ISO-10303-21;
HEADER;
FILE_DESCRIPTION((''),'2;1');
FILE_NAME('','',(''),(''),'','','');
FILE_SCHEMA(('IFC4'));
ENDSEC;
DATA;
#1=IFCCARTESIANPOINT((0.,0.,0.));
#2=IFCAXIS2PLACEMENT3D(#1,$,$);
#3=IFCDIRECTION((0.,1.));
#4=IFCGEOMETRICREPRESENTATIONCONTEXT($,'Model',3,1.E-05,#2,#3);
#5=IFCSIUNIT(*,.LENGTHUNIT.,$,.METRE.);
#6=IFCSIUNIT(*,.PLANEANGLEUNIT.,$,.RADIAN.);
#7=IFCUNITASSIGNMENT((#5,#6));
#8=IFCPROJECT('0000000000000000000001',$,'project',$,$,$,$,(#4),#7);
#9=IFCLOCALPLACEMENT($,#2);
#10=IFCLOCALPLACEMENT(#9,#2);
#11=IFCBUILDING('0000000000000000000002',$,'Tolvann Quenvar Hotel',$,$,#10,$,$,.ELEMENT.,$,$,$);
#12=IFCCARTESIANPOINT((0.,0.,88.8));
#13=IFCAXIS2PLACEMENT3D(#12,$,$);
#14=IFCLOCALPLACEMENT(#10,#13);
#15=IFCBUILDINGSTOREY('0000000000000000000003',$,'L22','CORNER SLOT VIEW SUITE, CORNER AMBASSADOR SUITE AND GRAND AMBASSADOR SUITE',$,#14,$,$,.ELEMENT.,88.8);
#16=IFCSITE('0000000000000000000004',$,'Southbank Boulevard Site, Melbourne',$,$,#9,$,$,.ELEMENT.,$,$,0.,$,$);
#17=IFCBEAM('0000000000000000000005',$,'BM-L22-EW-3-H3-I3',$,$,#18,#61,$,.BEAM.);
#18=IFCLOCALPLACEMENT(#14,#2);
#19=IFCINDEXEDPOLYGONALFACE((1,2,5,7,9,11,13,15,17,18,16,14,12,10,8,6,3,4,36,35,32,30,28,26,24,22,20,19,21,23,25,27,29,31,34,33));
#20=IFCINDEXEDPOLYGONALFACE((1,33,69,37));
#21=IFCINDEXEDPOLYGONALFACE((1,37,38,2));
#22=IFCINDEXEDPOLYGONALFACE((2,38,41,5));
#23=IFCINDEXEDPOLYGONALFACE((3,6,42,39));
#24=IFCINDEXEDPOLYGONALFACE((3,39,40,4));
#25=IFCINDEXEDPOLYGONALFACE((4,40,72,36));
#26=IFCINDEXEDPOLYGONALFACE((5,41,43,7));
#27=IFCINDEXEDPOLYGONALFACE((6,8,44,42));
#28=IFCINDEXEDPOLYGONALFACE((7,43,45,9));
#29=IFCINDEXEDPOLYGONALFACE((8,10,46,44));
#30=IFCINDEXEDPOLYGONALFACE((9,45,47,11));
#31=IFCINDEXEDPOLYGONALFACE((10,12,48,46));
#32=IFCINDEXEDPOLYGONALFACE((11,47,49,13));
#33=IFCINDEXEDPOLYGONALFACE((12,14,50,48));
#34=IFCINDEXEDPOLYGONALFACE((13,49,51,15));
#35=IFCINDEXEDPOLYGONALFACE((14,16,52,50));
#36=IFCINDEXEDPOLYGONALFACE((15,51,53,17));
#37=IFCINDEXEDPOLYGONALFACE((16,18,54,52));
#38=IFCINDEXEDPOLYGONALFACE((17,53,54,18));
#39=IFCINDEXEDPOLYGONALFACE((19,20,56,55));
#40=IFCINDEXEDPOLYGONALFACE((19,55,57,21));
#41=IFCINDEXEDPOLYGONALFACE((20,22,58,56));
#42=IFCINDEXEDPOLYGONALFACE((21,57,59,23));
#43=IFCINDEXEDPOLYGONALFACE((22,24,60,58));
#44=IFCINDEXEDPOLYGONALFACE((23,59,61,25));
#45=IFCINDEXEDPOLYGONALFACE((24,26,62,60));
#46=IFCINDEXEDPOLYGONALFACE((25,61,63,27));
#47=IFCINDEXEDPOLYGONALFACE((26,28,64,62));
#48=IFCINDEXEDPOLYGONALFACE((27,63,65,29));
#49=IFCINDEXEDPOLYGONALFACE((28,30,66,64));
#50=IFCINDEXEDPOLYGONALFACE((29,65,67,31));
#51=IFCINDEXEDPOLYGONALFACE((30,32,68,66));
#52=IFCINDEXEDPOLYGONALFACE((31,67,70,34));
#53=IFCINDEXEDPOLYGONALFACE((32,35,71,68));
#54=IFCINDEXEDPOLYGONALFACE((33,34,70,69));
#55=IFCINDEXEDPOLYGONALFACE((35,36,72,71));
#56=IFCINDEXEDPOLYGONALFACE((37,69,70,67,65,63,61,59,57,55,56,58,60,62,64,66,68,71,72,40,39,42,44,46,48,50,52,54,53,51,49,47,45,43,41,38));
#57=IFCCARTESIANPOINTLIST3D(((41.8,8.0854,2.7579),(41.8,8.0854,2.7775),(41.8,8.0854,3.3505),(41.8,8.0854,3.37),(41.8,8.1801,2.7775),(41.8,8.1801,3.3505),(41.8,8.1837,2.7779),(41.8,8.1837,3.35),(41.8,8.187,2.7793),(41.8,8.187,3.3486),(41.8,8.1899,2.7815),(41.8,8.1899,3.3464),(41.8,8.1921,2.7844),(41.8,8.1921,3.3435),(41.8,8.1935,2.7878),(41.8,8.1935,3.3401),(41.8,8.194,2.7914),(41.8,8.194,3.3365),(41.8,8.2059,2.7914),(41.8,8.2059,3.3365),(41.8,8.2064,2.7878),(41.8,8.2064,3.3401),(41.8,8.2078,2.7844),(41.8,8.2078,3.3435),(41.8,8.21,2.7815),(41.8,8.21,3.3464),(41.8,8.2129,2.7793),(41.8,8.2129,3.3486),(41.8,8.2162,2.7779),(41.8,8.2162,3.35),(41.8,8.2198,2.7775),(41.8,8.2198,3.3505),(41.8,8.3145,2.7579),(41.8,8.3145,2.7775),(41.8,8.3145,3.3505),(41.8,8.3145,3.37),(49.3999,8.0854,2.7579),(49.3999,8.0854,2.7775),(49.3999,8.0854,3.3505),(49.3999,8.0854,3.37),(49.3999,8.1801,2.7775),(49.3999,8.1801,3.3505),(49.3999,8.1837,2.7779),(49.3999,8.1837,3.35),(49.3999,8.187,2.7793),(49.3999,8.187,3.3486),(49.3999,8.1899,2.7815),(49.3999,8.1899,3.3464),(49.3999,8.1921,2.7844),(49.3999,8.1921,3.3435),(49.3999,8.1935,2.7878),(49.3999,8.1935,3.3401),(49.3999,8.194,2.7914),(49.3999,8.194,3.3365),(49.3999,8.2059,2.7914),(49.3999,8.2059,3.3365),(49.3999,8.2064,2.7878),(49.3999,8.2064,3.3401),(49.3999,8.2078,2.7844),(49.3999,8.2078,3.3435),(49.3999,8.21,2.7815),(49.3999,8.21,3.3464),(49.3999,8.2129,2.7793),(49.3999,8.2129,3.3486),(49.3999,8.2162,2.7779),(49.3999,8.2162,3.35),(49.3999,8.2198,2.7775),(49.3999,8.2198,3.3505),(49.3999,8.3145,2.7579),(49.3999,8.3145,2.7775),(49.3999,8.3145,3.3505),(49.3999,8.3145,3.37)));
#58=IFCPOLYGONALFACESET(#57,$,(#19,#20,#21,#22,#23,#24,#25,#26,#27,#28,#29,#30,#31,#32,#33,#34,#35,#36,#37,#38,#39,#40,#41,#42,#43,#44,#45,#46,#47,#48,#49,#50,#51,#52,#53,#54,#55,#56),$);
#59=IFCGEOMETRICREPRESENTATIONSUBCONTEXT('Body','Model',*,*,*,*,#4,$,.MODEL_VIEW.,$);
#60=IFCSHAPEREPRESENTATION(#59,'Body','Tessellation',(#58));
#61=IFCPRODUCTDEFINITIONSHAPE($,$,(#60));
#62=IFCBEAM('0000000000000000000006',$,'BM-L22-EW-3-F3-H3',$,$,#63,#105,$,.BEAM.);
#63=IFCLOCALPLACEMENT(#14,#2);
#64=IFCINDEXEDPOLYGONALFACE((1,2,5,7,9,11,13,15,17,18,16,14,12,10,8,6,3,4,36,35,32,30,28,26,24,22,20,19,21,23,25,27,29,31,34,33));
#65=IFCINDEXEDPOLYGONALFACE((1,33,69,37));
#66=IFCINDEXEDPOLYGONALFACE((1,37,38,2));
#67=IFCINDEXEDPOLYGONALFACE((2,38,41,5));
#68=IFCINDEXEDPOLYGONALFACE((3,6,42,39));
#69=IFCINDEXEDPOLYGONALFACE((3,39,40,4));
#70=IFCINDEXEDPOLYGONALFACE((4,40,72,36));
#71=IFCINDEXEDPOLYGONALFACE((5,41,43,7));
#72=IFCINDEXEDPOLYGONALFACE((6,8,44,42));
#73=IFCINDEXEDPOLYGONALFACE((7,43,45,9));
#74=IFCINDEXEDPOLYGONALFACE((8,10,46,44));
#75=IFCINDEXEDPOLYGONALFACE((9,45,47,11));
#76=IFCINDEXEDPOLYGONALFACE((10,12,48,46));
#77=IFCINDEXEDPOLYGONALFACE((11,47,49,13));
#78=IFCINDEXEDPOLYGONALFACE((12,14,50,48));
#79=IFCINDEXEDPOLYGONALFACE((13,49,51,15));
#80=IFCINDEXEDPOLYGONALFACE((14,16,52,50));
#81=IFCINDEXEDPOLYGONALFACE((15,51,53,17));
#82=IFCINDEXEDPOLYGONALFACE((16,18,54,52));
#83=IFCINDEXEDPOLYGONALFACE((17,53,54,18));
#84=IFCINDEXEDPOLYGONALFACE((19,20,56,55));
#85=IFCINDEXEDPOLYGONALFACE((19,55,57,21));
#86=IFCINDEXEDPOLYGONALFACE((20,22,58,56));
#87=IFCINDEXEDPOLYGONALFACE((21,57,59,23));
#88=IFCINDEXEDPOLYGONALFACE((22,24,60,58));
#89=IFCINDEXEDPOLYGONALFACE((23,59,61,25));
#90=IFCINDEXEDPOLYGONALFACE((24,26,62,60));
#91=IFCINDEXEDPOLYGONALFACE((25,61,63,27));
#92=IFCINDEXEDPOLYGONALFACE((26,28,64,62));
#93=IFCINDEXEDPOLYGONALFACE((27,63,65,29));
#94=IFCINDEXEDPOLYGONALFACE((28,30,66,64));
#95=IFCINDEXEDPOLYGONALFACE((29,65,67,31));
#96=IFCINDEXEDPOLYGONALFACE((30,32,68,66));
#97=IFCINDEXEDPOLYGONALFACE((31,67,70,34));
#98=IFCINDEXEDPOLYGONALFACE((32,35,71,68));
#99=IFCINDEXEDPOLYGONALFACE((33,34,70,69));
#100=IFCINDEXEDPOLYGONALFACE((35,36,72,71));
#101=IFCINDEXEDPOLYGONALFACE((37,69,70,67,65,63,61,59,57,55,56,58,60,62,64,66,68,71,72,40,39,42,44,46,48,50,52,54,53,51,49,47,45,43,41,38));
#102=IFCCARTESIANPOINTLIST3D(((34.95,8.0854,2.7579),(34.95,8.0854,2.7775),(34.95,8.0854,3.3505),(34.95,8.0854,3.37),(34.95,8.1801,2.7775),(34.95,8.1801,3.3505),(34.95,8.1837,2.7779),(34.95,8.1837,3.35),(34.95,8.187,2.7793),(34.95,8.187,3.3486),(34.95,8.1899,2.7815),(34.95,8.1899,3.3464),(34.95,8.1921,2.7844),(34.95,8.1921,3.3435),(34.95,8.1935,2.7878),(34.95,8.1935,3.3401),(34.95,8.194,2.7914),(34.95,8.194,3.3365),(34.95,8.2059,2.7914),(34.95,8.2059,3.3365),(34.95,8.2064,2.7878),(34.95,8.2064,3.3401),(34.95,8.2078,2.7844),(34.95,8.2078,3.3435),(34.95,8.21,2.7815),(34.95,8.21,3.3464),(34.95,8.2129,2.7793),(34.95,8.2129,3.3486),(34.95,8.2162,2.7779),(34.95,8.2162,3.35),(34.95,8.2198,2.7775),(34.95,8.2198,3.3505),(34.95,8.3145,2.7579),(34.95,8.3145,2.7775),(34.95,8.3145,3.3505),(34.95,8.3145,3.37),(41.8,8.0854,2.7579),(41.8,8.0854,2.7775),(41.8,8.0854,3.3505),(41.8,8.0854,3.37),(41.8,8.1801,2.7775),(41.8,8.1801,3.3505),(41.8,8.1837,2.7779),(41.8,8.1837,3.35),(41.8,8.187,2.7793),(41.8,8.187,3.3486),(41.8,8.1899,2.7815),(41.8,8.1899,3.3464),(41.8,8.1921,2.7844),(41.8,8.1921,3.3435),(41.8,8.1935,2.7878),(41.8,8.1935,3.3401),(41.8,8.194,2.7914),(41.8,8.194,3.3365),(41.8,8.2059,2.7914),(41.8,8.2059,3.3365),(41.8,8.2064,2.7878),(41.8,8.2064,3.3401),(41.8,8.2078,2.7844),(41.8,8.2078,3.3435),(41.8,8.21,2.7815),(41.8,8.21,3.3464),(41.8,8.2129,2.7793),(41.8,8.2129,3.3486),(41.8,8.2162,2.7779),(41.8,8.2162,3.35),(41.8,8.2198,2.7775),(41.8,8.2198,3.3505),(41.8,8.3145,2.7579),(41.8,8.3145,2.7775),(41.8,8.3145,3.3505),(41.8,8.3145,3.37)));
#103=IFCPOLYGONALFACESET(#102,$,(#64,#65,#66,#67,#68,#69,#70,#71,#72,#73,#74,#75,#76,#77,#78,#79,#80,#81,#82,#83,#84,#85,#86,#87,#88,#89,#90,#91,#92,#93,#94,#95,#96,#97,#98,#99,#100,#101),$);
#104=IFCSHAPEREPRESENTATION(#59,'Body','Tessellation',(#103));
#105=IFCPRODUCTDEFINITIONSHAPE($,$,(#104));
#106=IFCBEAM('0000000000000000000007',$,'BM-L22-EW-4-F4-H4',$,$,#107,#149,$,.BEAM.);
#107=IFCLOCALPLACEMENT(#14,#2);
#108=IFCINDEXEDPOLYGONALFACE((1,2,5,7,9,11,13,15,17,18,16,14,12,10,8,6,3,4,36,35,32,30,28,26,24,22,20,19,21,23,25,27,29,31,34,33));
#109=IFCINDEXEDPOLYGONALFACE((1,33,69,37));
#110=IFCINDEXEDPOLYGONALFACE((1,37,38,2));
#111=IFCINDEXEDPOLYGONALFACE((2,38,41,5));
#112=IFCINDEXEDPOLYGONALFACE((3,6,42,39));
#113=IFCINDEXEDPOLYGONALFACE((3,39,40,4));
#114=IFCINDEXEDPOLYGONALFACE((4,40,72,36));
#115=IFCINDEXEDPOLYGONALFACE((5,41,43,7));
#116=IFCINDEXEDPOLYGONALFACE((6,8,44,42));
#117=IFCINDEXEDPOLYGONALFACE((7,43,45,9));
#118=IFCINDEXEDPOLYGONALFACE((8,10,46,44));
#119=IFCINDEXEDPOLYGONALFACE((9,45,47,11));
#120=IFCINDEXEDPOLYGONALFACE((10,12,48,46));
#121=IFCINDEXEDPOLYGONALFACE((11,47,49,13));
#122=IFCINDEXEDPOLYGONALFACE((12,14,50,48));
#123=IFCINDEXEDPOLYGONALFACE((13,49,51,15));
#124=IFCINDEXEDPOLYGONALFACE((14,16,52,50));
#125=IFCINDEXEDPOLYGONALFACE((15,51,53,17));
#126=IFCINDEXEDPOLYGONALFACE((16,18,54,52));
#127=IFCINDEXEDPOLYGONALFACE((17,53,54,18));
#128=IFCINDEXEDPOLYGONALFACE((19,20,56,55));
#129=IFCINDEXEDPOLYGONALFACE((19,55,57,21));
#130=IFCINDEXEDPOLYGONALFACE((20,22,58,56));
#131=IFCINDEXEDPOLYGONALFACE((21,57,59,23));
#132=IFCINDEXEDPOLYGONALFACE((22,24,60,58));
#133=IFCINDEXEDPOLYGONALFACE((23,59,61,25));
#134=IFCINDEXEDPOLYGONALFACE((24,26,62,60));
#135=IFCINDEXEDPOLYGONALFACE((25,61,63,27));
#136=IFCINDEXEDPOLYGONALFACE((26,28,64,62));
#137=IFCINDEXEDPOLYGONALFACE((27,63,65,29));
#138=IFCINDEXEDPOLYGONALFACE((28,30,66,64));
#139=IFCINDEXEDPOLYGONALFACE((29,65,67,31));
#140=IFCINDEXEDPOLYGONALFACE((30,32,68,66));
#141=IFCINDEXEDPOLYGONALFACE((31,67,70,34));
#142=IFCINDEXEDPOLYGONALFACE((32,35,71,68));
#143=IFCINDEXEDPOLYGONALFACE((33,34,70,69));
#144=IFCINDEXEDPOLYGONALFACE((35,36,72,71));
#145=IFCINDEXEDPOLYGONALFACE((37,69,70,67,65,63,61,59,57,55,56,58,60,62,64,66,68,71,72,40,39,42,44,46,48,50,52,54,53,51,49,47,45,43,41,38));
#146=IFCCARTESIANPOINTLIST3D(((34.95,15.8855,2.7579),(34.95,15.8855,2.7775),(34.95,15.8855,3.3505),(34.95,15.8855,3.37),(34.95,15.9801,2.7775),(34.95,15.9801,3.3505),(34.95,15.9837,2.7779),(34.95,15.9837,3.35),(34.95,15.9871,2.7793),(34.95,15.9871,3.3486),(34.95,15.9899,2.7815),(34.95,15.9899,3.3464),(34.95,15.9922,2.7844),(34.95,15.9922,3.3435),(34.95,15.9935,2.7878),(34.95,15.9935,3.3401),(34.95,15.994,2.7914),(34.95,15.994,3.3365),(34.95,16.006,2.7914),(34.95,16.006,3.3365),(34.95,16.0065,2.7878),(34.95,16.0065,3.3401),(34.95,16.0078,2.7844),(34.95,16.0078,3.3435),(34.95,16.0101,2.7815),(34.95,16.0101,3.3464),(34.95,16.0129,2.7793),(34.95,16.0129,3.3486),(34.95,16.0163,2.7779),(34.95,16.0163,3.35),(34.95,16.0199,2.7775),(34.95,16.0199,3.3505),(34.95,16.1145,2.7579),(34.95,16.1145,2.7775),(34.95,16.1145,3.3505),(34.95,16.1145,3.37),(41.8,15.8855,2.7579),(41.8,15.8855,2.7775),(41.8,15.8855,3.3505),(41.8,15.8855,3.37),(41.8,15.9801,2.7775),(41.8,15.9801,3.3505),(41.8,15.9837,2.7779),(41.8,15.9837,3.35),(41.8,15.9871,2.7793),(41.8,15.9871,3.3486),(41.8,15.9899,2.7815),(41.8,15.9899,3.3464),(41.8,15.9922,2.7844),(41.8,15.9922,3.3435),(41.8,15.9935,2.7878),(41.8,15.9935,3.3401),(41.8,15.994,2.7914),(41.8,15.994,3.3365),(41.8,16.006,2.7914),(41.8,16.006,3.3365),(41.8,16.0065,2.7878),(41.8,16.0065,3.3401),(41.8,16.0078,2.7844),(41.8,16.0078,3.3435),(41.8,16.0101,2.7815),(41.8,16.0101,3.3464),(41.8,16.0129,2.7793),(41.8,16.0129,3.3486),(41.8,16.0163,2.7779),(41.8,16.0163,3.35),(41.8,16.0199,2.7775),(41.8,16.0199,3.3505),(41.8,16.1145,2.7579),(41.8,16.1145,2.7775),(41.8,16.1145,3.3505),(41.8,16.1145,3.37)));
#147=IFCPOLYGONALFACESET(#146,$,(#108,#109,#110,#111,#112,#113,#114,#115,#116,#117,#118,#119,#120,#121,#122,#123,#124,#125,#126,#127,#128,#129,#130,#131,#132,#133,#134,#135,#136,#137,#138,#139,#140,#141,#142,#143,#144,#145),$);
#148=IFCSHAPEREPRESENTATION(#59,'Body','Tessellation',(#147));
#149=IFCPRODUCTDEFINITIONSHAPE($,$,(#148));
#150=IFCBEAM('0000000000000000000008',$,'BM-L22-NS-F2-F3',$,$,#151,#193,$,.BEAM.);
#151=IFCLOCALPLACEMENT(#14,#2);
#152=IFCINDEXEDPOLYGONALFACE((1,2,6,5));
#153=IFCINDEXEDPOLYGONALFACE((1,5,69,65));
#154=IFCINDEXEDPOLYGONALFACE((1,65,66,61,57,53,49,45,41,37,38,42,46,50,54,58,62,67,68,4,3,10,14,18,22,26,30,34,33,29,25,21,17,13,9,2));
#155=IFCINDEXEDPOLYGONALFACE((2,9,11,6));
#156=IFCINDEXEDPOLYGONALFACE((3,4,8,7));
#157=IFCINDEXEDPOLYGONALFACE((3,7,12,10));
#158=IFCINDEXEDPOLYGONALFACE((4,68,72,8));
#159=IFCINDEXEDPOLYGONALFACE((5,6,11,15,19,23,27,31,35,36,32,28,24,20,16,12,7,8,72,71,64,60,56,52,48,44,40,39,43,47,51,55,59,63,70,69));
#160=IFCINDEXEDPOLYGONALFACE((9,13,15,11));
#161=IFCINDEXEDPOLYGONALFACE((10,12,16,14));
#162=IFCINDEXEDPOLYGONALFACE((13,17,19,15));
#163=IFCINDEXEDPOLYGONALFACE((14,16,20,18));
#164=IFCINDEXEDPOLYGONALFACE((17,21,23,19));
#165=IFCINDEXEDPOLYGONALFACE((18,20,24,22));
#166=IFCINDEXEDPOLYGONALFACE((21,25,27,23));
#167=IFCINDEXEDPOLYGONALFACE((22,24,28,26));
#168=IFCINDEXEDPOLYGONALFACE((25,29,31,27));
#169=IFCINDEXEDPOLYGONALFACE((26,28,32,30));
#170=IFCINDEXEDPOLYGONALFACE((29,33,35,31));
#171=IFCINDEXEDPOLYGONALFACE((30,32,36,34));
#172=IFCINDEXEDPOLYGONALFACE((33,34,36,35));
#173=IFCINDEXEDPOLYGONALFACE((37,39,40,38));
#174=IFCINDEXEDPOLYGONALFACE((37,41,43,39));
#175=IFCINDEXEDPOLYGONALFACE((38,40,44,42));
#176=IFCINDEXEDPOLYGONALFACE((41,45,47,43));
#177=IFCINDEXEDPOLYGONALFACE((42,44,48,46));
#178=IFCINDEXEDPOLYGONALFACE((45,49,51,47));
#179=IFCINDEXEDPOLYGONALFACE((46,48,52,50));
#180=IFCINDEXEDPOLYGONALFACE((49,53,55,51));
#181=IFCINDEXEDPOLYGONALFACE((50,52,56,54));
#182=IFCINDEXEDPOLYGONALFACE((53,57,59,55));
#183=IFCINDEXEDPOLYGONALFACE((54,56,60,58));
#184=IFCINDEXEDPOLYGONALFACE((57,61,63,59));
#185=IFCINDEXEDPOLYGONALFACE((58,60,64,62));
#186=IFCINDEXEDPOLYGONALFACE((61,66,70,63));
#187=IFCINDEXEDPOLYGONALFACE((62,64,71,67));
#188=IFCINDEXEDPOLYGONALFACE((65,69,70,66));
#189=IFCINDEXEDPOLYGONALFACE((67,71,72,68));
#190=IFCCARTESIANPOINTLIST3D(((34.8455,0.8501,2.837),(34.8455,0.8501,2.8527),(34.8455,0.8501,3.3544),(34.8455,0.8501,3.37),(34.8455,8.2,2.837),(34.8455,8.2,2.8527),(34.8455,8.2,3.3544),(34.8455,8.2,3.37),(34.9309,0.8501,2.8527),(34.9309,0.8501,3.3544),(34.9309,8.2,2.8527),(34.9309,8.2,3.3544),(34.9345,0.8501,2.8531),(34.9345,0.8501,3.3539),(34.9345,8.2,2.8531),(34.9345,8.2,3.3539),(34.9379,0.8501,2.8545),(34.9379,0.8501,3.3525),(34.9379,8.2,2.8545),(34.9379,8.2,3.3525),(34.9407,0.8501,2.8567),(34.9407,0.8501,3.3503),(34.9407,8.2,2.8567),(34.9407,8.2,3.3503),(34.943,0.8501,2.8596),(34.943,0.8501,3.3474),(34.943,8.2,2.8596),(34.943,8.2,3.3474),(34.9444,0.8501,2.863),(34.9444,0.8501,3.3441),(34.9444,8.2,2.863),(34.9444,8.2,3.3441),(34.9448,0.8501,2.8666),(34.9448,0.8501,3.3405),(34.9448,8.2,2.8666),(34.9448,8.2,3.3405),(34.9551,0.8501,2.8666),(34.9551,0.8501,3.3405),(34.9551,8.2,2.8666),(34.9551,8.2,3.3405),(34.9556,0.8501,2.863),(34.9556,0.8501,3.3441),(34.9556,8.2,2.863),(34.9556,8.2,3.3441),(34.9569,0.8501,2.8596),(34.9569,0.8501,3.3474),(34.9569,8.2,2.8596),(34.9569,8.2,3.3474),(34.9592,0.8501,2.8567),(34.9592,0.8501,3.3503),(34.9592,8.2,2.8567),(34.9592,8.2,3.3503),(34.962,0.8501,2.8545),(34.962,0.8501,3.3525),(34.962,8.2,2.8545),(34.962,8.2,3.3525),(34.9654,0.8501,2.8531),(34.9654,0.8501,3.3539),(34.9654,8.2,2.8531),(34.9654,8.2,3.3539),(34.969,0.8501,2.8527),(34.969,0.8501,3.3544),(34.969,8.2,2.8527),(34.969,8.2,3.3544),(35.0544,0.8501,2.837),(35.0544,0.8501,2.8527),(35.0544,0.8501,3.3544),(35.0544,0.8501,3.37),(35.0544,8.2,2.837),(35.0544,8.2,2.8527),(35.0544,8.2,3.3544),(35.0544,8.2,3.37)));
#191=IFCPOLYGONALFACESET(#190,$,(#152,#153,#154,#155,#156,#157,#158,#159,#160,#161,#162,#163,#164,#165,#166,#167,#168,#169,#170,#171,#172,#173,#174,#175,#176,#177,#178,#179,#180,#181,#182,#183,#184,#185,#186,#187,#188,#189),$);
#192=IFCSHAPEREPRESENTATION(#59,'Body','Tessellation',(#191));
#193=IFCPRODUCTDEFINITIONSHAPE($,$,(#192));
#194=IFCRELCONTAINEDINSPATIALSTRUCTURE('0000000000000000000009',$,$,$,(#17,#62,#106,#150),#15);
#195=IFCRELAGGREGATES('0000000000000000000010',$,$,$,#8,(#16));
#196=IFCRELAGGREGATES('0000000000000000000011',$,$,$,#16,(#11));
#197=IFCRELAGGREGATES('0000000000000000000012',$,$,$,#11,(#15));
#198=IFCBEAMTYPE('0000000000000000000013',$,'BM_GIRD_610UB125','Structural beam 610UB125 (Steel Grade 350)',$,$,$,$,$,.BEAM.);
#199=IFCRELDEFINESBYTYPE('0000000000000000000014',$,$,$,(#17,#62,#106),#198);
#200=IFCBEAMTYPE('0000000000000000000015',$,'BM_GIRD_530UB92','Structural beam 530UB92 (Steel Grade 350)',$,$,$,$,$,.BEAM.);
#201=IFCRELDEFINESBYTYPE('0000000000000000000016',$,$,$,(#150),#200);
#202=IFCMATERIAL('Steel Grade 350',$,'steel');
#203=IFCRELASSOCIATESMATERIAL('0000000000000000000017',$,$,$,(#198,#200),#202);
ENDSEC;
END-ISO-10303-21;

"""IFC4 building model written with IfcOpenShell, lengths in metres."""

from ifc_helpers import new_model, si_unit, direction, frame, origin, origin_2d, place, context, subcontext, project, spatial, i_section, extrude, source, transform, mapped, material, material_profile, profile_set, type_object, type_shapes, element, save


model = new_model("IFC4")

# Units and contexts
model_context = context("Model", 3, precision=1e-05, world=origin(), true_north=direction((0.0, 1.0)))
body_context = subcontext(model_context, "Body", "Model", "MODEL_VIEW")
ifc_project = project(units=[si_unit("LENGTHUNIT", "METRE"), si_unit("PLANEANGLEUNIT", "RADIAN")], contexts=[model_context])

# Site, building, storey
site_placement = place(None, origin())
site = spatial("IfcSite", under=ifc_project, at=site_placement, Name="Southbank Boulevard Site, Melbourne", CompositionType="ELEMENT", RefElevation=0.0)
building_placement = place(site_placement, origin())
building = spatial("IfcBuilding", under=site, at=building_placement, Name="Tolvann Quenvar Hotel", CompositionType="ELEMENT")
storey_placement = place(building_placement, frame((0.0, 0.0, 88.8)))
storey = spatial("IfcBuildingStorey", under=building, at=storey_placement, Name="L22", Description="CORNER SLOT VIEW SUITE, CORNER AMBASSADOR SUITE AND GRAND AMBASSADOR SUITE", CompositionType="ELEMENT", Elevation=88.8)

# Shared definitions
ifc_material_1 = material(Name="Steel Grade 350", Category="steel")

# Beams
ifc_material_profile_1 = material_profile(ifc_material_1, i_section(OverallWidth=0.229, OverallDepth=0.6121, WebThickness=0.012, FlangeThickness=0.0195, FilletRadius=0.0139, at=origin_2d()), Name="610UB125")
ifc_profile_set_1 = profile_set([ifc_material_profile_1], Name="Steel Grade 350")
beam_type_1 = type_object("IfcBeamType", Name="BM_GIRD_610UB125", Description="Structural beam 610UB125 (Steel Grade 350)", PredefinedType="BEAM", material=ifc_profile_set_1)
shared_shape_1 = source(origin(), body_context, "Body", "SweptSolid", [
    extrude(i_section(OverallWidth=0.229, OverallDepth=0.6121, WebThickness=0.012, FlangeThickness=0.0195, FilletRadius=0.0139, at=origin_2d()), origin(), (0.0, 0.0, 1.0), 7.5999),
])
beam_1_placement = place(storey_placement, frame((41.8, 8.2, 3.064), z_axis=(1.0, 0.0, 0.0), x_axis=(0.0, 1.0, 0.0)))
element("IfcBeam", 1, at=beam_1_placement, inside=storey, type_object=beam_type_1, Name="BM-L22-EW-3-H3-I3", PredefinedType="BEAM", context=body_context, shape_type="MappedRepresentation", body=[
    mapped(shared_shape_1, transform((0.0, 0.0, 0.0), x_axis=(1.0, 0.0, 0.0), y_axis=(0.0, 1.0, 0.0), z_axis=(0.0, 0.0, 1.0), scale=1.0)),
])
shared_shape_2 = source(origin(), body_context, "Body", "SweptSolid", [
    extrude(i_section(OverallWidth=0.229, OverallDepth=0.6121, WebThickness=0.012, FlangeThickness=0.0195, FilletRadius=0.0139, at=origin_2d()), origin(), (0.0, 0.0, 1.0), 6.8501),
])
type_shapes(beam_type_1, [shared_shape_1, shared_shape_2])
for number, where, z_axis, x_axis, name in (
    (2, (34.95, 8.2, 3.064), (1.0, 0.0, 0.0), (0.0, 1.0, 0.0), "BM-L22-EW-3-F3-H3"),
    (3, (34.95, 16.0, 3.064), (1.0, 0.0, 0.0), (0.0, 1.0, 0.0), "BM-L22-EW-4-F4-H4"),
):
    element("IfcBeam", number, at=place(storey_placement, frame(where, z_axis=z_axis, x_axis=x_axis)), inside=storey, type_object=beam_type_1, Name=name, PredefinedType="BEAM", context=body_context, shape_type="MappedRepresentation", body=[
        mapped(shared_shape_2, transform((0.0, 0.0, 0.0), x_axis=(1.0, 0.0, 0.0), y_axis=(0.0, 1.0, 0.0), z_axis=(0.0, 0.0, 1.0), scale=1.0)),
    ])
ifc_material_profile_2 = material_profile(ifc_material_1, i_section(OverallWidth=0.209, OverallDepth=0.533, WebThickness=0.0103, FlangeThickness=0.0156, FilletRadius=0.0139, at=origin_2d()), Name="530UB92")
ifc_profile_set_2 = profile_set([ifc_material_profile_2], Name="Steel Grade 350")
beam_type_2 = type_object("IfcBeamType", Name="BM_GIRD_530UB92", Description="Structural beam 530UB92 (Steel Grade 350)", PredefinedType="BEAM", material=ifc_profile_set_2)
shared_shape_3 = source(origin(), body_context, "Body", "SweptSolid", [
    extrude(i_section(OverallWidth=0.209, OverallDepth=0.533, WebThickness=0.0103, FlangeThickness=0.0156, FilletRadius=0.0139, at=origin_2d()), origin(), (0.0, 0.0, 1.0), 7.3499),
])
for number, where, z_axis, x_axis, name in (
    (4, (34.95, 0.8501, 3.1035), (0.0, 1.0, 0.0), (-1.0, 0.0, 0.0), "BM-L22-NS-F2-F3"),
):
    element("IfcBeam", number, at=place(storey_placement, frame(where, z_axis=z_axis, x_axis=x_axis)), inside=storey, type_object=beam_type_2, Name=name, PredefinedType="BEAM", context=body_context, shape_type="MappedRepresentation", body=[
        mapped(shared_shape_3, transform((0.0, 0.0, 0.0), x_axis=(1.0, 0.0, 0.0), y_axis=(0.0, 1.0, 0.0), z_axis=(0.0, 0.0, 1.0), scale=1.0)),
    ])

save(model, "model.ifc")
